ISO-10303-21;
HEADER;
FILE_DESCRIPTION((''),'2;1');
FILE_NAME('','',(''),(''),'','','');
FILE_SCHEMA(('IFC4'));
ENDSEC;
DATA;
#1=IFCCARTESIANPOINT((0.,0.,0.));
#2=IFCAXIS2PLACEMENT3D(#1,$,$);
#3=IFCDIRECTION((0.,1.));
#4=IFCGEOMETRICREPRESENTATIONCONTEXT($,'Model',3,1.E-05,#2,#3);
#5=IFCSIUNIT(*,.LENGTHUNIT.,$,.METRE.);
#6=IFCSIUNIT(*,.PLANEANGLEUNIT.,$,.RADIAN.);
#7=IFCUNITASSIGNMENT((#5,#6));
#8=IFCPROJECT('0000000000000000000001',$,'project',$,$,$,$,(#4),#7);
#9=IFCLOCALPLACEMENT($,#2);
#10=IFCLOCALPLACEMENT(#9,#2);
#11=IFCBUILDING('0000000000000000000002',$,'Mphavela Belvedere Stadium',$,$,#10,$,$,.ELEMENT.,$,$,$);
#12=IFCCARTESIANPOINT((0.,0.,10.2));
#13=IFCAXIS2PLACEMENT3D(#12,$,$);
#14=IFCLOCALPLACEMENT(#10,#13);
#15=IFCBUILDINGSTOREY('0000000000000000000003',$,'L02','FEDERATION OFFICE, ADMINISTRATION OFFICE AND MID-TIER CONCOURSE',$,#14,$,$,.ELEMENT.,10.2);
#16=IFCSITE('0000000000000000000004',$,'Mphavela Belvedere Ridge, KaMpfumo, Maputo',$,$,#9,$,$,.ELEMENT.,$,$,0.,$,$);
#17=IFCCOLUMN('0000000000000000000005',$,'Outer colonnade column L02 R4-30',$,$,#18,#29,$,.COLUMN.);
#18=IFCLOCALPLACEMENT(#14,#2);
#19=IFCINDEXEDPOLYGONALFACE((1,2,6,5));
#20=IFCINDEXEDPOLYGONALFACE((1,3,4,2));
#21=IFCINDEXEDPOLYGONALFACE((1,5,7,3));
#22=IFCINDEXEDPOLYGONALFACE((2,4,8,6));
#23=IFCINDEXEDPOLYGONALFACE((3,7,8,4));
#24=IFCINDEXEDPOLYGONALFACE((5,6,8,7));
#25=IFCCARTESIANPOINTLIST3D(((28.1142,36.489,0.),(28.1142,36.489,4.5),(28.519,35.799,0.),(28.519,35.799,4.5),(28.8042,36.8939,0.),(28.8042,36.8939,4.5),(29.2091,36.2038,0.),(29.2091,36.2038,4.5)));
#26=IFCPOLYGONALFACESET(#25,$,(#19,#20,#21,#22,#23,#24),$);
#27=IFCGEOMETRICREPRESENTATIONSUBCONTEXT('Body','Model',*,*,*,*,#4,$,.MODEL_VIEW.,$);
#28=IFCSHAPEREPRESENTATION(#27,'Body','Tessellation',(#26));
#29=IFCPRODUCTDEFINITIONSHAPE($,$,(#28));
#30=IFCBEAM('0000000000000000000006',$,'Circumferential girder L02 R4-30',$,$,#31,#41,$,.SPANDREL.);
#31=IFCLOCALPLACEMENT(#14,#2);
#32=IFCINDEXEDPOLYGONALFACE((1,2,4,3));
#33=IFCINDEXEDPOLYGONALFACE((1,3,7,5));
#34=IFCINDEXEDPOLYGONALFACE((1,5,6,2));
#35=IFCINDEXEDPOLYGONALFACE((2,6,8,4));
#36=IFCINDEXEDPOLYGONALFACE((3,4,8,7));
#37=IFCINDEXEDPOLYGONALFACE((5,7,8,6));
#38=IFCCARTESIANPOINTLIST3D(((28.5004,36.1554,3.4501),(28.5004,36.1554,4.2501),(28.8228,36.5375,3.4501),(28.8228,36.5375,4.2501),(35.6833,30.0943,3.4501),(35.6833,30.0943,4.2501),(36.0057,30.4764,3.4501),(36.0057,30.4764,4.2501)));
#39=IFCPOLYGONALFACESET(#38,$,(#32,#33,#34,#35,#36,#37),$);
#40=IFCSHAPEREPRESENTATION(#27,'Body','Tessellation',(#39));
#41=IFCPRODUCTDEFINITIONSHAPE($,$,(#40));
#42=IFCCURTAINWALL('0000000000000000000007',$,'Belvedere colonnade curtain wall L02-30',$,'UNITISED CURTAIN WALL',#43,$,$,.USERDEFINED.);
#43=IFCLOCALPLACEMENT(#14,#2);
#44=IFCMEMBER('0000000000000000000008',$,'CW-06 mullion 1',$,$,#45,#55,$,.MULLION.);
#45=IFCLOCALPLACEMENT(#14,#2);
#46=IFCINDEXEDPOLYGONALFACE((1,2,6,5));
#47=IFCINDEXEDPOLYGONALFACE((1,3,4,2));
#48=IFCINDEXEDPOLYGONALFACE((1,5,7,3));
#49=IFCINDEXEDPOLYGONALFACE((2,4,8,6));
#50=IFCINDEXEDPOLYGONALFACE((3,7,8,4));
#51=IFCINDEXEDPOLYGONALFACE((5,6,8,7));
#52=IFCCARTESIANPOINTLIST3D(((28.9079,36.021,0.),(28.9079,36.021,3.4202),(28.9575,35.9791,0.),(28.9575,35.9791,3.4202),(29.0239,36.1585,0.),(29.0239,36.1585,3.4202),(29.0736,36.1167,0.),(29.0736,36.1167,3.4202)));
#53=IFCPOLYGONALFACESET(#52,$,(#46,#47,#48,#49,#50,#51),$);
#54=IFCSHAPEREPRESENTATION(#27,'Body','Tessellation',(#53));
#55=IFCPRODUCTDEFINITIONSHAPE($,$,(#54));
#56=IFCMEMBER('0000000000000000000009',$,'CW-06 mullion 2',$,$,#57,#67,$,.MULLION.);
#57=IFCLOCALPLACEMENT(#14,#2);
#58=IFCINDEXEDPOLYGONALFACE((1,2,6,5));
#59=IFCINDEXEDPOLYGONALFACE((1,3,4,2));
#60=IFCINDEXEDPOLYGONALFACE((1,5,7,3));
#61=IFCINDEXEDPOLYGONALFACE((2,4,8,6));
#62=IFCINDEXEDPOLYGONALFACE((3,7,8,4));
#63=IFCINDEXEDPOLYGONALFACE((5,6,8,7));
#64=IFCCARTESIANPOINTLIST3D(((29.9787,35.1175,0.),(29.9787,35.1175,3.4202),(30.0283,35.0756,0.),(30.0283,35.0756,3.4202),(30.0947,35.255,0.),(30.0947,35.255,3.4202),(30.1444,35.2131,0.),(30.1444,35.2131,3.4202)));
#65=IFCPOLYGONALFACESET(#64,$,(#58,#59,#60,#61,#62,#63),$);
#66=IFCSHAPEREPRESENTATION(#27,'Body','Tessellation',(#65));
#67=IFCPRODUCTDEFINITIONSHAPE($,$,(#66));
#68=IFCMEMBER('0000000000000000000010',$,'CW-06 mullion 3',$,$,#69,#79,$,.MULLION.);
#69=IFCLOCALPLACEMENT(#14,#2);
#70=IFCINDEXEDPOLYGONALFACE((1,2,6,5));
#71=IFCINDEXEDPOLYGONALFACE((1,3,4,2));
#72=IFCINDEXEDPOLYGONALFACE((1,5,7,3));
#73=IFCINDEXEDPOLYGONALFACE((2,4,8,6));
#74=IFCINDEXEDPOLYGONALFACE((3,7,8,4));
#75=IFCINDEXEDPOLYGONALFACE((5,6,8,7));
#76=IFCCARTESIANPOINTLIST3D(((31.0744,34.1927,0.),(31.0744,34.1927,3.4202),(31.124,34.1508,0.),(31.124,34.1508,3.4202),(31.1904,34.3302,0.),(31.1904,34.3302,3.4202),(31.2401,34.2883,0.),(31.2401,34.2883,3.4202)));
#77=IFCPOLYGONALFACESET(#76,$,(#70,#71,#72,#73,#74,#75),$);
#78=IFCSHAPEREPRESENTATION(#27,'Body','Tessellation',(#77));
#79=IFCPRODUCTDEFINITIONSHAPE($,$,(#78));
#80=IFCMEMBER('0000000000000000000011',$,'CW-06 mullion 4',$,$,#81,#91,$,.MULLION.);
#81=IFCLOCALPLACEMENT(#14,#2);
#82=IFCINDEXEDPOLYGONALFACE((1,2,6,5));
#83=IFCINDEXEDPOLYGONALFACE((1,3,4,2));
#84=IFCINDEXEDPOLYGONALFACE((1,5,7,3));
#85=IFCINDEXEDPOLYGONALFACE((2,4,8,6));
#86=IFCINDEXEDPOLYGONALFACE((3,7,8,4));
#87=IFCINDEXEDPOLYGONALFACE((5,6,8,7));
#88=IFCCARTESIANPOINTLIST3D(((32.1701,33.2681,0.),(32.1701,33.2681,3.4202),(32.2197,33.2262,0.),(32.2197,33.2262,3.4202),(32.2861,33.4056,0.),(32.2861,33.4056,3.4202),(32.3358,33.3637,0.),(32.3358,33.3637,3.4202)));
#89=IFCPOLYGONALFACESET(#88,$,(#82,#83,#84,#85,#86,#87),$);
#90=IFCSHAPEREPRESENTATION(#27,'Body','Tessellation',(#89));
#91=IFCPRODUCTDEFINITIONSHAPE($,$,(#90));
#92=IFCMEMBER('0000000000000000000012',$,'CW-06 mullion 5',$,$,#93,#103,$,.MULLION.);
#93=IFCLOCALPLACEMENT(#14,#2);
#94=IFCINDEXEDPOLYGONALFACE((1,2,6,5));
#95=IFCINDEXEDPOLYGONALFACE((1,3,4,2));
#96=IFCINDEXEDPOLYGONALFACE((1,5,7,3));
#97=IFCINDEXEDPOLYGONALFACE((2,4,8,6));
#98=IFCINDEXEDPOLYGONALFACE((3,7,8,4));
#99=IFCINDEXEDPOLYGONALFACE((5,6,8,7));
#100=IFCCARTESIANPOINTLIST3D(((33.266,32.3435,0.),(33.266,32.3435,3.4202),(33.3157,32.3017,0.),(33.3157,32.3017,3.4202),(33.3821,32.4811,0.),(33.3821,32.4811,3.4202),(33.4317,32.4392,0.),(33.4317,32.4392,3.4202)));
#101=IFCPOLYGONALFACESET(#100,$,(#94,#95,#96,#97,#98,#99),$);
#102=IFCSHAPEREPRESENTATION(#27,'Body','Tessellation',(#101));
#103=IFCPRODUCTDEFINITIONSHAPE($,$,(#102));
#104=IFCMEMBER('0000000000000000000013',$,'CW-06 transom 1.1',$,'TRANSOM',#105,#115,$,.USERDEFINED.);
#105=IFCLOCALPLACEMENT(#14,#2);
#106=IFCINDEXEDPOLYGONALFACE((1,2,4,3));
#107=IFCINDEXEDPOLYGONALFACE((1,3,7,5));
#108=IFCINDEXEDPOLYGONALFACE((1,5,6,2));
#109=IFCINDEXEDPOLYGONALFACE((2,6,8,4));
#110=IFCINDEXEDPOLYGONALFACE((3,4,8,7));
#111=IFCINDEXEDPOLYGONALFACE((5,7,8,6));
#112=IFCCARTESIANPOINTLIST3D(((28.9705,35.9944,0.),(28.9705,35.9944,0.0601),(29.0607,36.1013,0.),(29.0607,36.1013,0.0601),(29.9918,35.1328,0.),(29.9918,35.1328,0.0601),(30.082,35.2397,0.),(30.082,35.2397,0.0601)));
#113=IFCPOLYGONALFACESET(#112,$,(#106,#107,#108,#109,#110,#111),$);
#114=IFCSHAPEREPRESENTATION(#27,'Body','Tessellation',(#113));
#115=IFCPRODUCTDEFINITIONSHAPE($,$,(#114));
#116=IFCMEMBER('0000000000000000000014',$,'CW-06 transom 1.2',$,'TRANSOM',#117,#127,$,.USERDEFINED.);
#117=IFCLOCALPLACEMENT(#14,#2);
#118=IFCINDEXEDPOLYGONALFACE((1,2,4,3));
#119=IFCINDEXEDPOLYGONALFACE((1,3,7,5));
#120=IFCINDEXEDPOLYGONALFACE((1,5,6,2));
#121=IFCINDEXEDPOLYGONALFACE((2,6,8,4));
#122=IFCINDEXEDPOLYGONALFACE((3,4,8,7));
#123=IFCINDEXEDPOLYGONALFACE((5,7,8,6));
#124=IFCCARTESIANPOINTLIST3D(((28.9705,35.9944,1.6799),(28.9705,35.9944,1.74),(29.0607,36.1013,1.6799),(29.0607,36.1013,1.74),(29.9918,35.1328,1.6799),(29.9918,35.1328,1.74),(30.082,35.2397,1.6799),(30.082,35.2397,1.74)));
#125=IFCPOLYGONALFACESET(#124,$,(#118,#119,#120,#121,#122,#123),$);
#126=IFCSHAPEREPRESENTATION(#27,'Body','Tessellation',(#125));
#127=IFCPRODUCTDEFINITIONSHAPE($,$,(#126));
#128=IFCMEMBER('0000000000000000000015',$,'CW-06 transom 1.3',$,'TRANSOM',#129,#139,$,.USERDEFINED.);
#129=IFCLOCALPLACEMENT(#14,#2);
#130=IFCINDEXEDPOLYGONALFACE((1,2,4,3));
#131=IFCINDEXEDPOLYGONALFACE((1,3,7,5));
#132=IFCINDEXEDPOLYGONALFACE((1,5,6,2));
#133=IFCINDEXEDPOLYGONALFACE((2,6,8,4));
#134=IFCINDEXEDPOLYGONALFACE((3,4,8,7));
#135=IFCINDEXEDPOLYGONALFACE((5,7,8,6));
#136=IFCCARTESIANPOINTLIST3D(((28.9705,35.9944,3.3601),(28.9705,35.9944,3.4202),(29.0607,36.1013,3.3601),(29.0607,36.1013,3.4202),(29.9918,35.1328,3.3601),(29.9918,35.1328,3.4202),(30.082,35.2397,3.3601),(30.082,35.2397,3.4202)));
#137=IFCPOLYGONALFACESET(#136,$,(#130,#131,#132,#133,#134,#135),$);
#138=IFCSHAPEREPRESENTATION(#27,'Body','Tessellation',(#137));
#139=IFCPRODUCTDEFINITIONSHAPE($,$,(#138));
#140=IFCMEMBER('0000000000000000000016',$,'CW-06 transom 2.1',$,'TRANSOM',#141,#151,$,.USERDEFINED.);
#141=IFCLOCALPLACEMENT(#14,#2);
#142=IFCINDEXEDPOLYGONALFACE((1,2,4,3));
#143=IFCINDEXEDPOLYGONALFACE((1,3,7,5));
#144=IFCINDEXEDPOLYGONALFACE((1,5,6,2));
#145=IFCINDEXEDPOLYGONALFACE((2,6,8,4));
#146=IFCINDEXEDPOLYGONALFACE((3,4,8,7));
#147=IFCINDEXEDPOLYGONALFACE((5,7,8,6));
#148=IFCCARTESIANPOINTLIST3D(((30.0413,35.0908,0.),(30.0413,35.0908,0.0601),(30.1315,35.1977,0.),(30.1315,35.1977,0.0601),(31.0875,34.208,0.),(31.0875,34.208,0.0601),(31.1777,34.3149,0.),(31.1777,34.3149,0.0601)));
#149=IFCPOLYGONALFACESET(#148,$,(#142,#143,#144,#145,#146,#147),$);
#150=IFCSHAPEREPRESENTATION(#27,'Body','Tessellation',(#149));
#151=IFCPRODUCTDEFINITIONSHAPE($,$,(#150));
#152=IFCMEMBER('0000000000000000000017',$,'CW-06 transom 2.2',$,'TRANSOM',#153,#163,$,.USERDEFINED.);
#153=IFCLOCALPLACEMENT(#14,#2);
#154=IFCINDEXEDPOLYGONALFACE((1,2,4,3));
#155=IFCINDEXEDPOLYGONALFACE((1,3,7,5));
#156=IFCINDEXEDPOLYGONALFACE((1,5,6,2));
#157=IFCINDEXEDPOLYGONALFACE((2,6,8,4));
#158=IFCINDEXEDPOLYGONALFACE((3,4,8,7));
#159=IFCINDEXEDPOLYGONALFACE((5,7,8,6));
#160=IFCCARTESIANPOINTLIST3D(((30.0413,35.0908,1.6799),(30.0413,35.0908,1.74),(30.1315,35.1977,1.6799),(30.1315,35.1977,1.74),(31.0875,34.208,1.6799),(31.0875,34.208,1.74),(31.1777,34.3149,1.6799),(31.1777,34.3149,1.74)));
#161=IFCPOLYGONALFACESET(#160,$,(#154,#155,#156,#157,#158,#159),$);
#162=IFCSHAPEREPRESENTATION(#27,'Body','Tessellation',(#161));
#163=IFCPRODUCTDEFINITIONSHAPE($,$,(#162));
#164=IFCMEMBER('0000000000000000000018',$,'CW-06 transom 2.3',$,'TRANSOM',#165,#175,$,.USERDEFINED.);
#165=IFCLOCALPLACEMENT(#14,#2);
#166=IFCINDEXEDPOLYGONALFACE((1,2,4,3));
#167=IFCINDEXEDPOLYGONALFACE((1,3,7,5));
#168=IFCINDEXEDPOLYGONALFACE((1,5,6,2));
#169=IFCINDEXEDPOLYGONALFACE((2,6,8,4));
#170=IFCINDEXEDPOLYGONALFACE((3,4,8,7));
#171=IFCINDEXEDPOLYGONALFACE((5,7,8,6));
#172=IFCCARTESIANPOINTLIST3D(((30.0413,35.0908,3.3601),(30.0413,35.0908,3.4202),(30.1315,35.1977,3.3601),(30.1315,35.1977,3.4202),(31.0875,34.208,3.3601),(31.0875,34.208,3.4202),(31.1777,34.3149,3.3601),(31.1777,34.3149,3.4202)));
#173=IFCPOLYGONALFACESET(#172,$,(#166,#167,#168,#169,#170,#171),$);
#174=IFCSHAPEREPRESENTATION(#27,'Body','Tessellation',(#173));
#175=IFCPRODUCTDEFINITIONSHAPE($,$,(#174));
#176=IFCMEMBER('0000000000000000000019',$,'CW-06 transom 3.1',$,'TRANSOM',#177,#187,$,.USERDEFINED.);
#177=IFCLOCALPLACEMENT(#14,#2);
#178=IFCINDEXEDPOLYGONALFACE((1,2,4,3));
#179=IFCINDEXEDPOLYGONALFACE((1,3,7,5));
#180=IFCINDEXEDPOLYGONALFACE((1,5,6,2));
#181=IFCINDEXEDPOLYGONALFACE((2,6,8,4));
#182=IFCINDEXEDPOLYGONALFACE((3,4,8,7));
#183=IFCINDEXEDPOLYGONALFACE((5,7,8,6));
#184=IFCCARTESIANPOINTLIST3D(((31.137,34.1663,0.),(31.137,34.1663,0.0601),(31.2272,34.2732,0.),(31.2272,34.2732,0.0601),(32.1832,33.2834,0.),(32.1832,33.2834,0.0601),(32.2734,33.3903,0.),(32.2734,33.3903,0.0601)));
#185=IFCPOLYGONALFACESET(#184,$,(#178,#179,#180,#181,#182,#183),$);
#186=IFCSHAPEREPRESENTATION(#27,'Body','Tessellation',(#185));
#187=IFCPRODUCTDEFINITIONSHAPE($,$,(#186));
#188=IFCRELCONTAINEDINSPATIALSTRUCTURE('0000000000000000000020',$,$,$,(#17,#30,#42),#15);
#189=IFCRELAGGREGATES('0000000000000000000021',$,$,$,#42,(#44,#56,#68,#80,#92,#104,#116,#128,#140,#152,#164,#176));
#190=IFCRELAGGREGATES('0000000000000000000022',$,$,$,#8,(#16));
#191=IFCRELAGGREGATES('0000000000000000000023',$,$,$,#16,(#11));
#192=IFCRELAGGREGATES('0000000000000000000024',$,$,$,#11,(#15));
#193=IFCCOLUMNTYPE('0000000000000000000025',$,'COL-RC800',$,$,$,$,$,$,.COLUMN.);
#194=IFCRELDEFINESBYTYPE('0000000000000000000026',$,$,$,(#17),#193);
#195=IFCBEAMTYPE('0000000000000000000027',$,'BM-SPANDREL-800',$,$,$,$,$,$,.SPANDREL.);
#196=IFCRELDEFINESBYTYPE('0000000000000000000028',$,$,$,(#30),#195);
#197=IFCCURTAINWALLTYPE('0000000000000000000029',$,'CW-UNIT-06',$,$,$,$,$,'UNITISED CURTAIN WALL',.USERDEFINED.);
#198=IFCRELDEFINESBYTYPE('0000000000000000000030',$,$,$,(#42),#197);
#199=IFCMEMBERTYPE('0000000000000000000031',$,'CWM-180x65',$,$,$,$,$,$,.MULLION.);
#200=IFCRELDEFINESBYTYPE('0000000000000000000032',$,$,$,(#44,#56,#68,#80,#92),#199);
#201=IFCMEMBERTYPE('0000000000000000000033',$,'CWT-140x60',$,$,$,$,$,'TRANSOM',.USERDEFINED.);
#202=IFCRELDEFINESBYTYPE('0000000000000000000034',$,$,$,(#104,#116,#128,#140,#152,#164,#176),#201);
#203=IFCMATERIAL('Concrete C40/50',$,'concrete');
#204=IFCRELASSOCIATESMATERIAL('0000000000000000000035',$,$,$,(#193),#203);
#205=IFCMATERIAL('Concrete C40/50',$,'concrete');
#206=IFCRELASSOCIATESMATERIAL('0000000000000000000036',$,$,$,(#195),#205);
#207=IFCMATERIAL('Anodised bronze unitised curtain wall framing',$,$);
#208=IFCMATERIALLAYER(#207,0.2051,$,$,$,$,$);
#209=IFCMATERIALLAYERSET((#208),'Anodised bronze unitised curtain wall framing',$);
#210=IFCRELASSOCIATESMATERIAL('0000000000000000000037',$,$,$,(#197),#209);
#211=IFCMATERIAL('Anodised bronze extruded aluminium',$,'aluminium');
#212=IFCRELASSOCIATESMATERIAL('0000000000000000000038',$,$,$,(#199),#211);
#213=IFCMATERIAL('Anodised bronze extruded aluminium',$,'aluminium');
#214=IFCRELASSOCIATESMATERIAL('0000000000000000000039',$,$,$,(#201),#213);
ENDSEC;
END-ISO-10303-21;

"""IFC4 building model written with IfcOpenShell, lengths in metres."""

from ifc_helpers import new_model, si_unit, direction, frame, origin, origin_2d, place, context, subcontext, project, spatial, rectangle, extrude, material, layer, layer_set, material_profile, profile_set, type_object, element, aggregate, save


model = new_model("IFC4")

# Units and contexts
model_context = context("Model", 3, precision=1e-05, world=origin(), true_north=direction((0.0, 1.0)))
body_context = subcontext(model_context, "Body", "Model", "MODEL_VIEW")
ifc_project = project(units=[si_unit("LENGTHUNIT", "METRE"), si_unit("PLANEANGLEUNIT", "RADIAN")], contexts=[model_context])

# Site, building, storey
site_placement = place(None, origin())
site = spatial("IfcSite", under=ifc_project, at=site_placement, Name="Mphavela Belvedere Ridge, KaMpfumo, Maputo", CompositionType="ELEMENT", RefElevation=0.0)
building_placement = place(site_placement, origin())
building = spatial("IfcBuilding", under=site, at=building_placement, Name="Mphavela Belvedere Stadium", CompositionType="ELEMENT")
storey_placement = place(building_placement, frame((0.0, 0.0, 10.2)))
storey = spatial("IfcBuildingStorey", under=building, at=storey_placement, Name="L02", Description="FEDERATION OFFICE, ADMINISTRATION OFFICE AND MID-TIER CONCOURSE", CompositionType="ELEMENT", Elevation=10.2)

# Column
ifc_material_1 = material(Name="Concrete C40/50", Category="concrete")
ifc_material_profile_1 = material_profile(ifc_material_1, rectangle(XDim=0.8, YDim=0.8, at=origin_2d()), Name="RC 800x800")
ifc_profile_set_1 = profile_set([ifc_material_profile_1], Name="Concrete C40/50")
column_type = type_object("IfcColumnType", Name="COL-RC800", PredefinedType="COLUMN", material=ifc_profile_set_1)
column_placement = place(storey_placement, frame((28.6616, 36.3464, 0.0), z_axis=(0.0, 0.0, 1.0), x_axis=(-0.862514, -0.506034, 0.0)))
element("IfcColumn", 1, at=column_placement, inside=storey, type_object=column_type, Name="Outer colonnade column L02 R4-30", PredefinedType="COLUMN", context=body_context, shape_type="SweptSolid", body=[
    extrude(rectangle(XDim=0.8, YDim=0.8, at=origin_2d()), origin(), (0.0, 0.0, 1.0), 4.5),
])

# Beam
ifc_material_2 = material(Name="Concrete C40/50", Category="concrete")
ifc_material_profile_2 = material_profile(ifc_material_2, rectangle(XDim=0.5, YDim=0.8, at=origin_2d()), Name="RC 500x800")
ifc_profile_set_2 = profile_set([ifc_material_profile_2], Name="Concrete C40/50")
beam_type = type_object("IfcBeamType", Name="BM-SPANDREL-800", PredefinedType="SPANDREL", material=ifc_profile_set_2)
beam_placement = place(storey_placement, frame((28.6616, 36.3464, 3.8501), z_axis=(0.764265, -0.644902, 0.0), x_axis=(0.644902, 0.764265, 0.0)))
element("IfcBeam", 2, at=beam_placement, inside=storey, type_object=beam_type, Name="Circumferential girder L02 R4-30", PredefinedType="SPANDREL", context=body_context, shape_type="SweptSolid", body=[
    extrude(rectangle(XDim=0.5, YDim=0.8, at=origin_2d()), origin(), (0.0, 0.0, 1.0), 9.3984),
])

# Curtain wall, members
ifc_material_3 = material(Name="Anodised bronze unitised curtain wall framing")
ifc_layer_1 = layer(ifc_material_3, 0.2051)
ifc_layer_set_1 = layer_set([ifc_layer_1], Name="Anodised bronze unitised curtain wall framing")
curtain_wall_type = type_object("IfcCurtainWallType", Name="CW-UNIT-06", ElementType="UNITISED CURTAIN WALL", PredefinedType="USERDEFINED", material=ifc_layer_set_1)
curtain_wall_placement = place(storey_placement, origin())
curtain_wall = element("IfcCurtainWall", 3, at=curtain_wall_placement, inside=storey, type_object=curtain_wall_type, Name="Belvedere colonnade curtain wall L02-30", ObjectType="UNITISED CURTAIN WALL", PredefinedType="USERDEFINED")
ifc_material_4 = material(Name="Anodised bronze extruded aluminium", Category="aluminium")
ifc_material_profile_3 = material_profile(ifc_material_4, rectangle(XDim=0.1799, YDim=0.0649, at=origin_2d()), Name="CW-MUL 180x65")
ifc_profile_set_3 = profile_set([ifc_material_profile_3], Name="Anodised bronze extruded aluminium")
member_type_1 = type_object("IfcMemberType", Name="CWM-180x65", PredefinedType="MULLION", material=ifc_profile_set_3)
member_1_placement = place(storey_placement, frame((28.9907, 36.0688, 0.0), z_axis=(0.0, 0.0, 1.0), x_axis=(0.644907, 0.764261, 0.0)))
member_1 = element("IfcMember", 4, at=member_1_placement, type_object=member_type_1, Name="CW-06 mullion 1", PredefinedType="MULLION", context=body_context, shape_type="SweptSolid", body=[
    extrude(rectangle(XDim=0.1799, YDim=0.0649, at=origin_2d()), origin(), (0.0, 0.0, 1.0), 3.4202),
])
member_2_placement = place(storey_placement, frame((30.0615, 35.1653, 0.0), z_axis=(0.0, 0.0, 1.0), x_axis=(0.644907, 0.764261, 0.0)))
member_2 = element("IfcMember", 5, at=member_2_placement, type_object=member_type_1, Name="CW-06 mullion 2", PredefinedType="MULLION", context=body_context, shape_type="SweptSolid", body=[
    extrude(rectangle(XDim=0.1799, YDim=0.0649, at=origin_2d()), origin(), (0.0, 0.0, 1.0), 3.4202),
])
member_3_placement = place(storey_placement, frame((31.1572, 34.2405, 0.0), z_axis=(0.0, 0.0, 1.0), x_axis=(0.644907, 0.764261, 0.0)))
member_3 = element("IfcMember", 6, at=member_3_placement, type_object=member_type_1, Name="CW-06 mullion 3", PredefinedType="MULLION", context=body_context, shape_type="SweptSolid", body=[
    extrude(rectangle(XDim=0.1799, YDim=0.0649, at=origin_2d()), origin(), (0.0, 0.0, 1.0), 3.4202),
])
member_4_placement = place(storey_placement, frame((32.2529, 33.3159, 0.0), z_axis=(0.0, 0.0, 1.0), x_axis=(0.644907, 0.764261, 0.0)))
member_4 = element("IfcMember", 7, at=member_4_placement, type_object=member_type_1, Name="CW-06 mullion 4", PredefinedType="MULLION", context=body_context, shape_type="SweptSolid", body=[
    extrude(rectangle(XDim=0.1799, YDim=0.0649, at=origin_2d()), origin(), (0.0, 0.0, 1.0), 3.4202),
])
member_5_placement = place(storey_placement, frame((33.3489, 32.3914, 0.0), z_axis=(0.0, 0.0, 1.0), x_axis=(0.644907, 0.764261, 0.0)))
member_5 = element("IfcMember", 8, at=member_5_placement, type_object=member_type_1, Name="CW-06 mullion 5", PredefinedType="MULLION", context=body_context, shape_type="SweptSolid", body=[
    extrude(rectangle(XDim=0.1799, YDim=0.0649, at=origin_2d()), origin(), (0.0, 0.0, 1.0), 3.4202),
])
ifc_material_5 = material(Name="Anodised bronze extruded aluminium", Category="aluminium")
ifc_material_profile_4 = material_profile(ifc_material_5, rectangle(XDim=0.1399, YDim=0.0601, at=origin_2d()), Name="CW-TRN 140x60")
ifc_profile_set_4 = profile_set([ifc_material_profile_4], Name="Anodised bronze extruded aluminium")
member_type_2 = type_object("IfcMemberType", Name="CWT-140x60", ElementType="TRANSOM", PredefinedType="USERDEFINED", material=ifc_profile_set_4)
member_6_placement = place(storey_placement, frame((29.0156, 36.0479, 0.03), z_axis=(0.764328, -0.644828, 0.0), x_axis=(0.644828, 0.764328, 0.0)))
member_6 = element("IfcMember", 9, at=member_6_placement, type_object=member_type_2, Name="CW-06 transom 1.1", ObjectType="TRANSOM", PredefinedType="USERDEFINED", context=body_context, shape_type="SweptSolid", body=[
    extrude(rectangle(XDim=0.1399, YDim=0.0601, at=origin_2d()), origin(), (0.0, 0.0, 1.0), 1.3362),
])
member_7_placement = place(storey_placement, frame((29.0156, 36.0479, 1.71), z_axis=(0.764328, -0.644828, 0.0), x_axis=(0.644828, 0.764328, 0.0)))
member_7 = element("IfcMember", 10, at=member_7_placement, type_object=member_type_2, Name="CW-06 transom 1.2", ObjectType="TRANSOM", PredefinedType="USERDEFINED", context=body_context, shape_type="SweptSolid", body=[
    extrude(rectangle(XDim=0.1399, YDim=0.0601, at=origin_2d()), origin(), (0.0, 0.0, 1.0), 1.3362),
])
member_8_placement = place(storey_placement, frame((29.0156, 36.0479, 3.3901), z_axis=(0.764328, -0.644828, 0.0), x_axis=(0.644828, 0.764328, 0.0)))
member_8 = element("IfcMember", 11, at=member_8_placement, type_object=member_type_2, Name="CW-06 transom 1.3", ObjectType="TRANSOM", PredefinedType="USERDEFINED", context=body_context, shape_type="SweptSolid", body=[
    extrude(rectangle(XDim=0.1399, YDim=0.0601, at=origin_2d()), origin(), (0.0, 0.0, 1.0), 1.3362),
])
member_9_placement = place(storey_placement, frame((30.0864, 35.1443, 0.03), z_axis=(0.764245, -0.644926, 0.0), x_axis=(0.644926, 0.764245, 0.0)))
member_9 = element("IfcMember", 12, at=member_9_placement, type_object=member_type_2, Name="CW-06 transom 2.1", ObjectType="TRANSOM", PredefinedType="USERDEFINED", context=body_context, shape_type="SweptSolid", body=[
    extrude(rectangle(XDim=0.1399, YDim=0.0601, at=origin_2d()), origin(), (0.0, 0.0, 1.0), 1.3689),
])
member_10_placement = place(storey_placement, frame((30.0864, 35.1443, 1.71), z_axis=(0.764245, -0.644926, 0.0), x_axis=(0.644926, 0.764245, 0.0)))
member_10 = element("IfcMember", 13, at=member_10_placement, type_object=member_type_2, Name="CW-06 transom 2.2", ObjectType="TRANSOM", PredefinedType="USERDEFINED", context=body_context, shape_type="SweptSolid", body=[
    extrude(rectangle(XDim=0.1399, YDim=0.0601, at=origin_2d()), origin(), (0.0, 0.0, 1.0), 1.3689),
])
member_11_placement = place(storey_placement, frame((30.0864, 35.1443, 3.3901), z_axis=(0.764245, -0.644926, 0.0), x_axis=(0.644926, 0.764245, 0.0)))
member_11 = element("IfcMember", 14, at=member_11_placement, type_object=member_type_2, Name="CW-06 transom 2.3", ObjectType="TRANSOM", PredefinedType="USERDEFINED", context=body_context, shape_type="SweptSolid", body=[
    extrude(rectangle(XDim=0.1399, YDim=0.0601, at=origin_2d()), origin(), (0.0, 0.0, 1.0), 1.3689),
])
member_12_placement = place(storey_placement, frame((31.1821, 34.2197, 0.03), z_axis=(0.764245, -0.644926, 0.0), x_axis=(0.644926, 0.764245, 0.0)))
member_12 = element("IfcMember", 15, at=member_12_placement, type_object=member_type_2, Name="CW-06 transom 3.1", ObjectType="TRANSOM", PredefinedType="USERDEFINED", context=body_context, shape_type="SweptSolid", body=[
    extrude(rectangle(XDim=0.1399, YDim=0.0601, at=origin_2d()), origin(), (0.0, 0.0, 1.0), 1.3689),
])
aggregate(curtain_wall, [member_1, member_2, member_3, member_4, member_5, member_6, member_7, member_8, member_9, member_10, member_11, member_12])

save(model, "model.ifc")
